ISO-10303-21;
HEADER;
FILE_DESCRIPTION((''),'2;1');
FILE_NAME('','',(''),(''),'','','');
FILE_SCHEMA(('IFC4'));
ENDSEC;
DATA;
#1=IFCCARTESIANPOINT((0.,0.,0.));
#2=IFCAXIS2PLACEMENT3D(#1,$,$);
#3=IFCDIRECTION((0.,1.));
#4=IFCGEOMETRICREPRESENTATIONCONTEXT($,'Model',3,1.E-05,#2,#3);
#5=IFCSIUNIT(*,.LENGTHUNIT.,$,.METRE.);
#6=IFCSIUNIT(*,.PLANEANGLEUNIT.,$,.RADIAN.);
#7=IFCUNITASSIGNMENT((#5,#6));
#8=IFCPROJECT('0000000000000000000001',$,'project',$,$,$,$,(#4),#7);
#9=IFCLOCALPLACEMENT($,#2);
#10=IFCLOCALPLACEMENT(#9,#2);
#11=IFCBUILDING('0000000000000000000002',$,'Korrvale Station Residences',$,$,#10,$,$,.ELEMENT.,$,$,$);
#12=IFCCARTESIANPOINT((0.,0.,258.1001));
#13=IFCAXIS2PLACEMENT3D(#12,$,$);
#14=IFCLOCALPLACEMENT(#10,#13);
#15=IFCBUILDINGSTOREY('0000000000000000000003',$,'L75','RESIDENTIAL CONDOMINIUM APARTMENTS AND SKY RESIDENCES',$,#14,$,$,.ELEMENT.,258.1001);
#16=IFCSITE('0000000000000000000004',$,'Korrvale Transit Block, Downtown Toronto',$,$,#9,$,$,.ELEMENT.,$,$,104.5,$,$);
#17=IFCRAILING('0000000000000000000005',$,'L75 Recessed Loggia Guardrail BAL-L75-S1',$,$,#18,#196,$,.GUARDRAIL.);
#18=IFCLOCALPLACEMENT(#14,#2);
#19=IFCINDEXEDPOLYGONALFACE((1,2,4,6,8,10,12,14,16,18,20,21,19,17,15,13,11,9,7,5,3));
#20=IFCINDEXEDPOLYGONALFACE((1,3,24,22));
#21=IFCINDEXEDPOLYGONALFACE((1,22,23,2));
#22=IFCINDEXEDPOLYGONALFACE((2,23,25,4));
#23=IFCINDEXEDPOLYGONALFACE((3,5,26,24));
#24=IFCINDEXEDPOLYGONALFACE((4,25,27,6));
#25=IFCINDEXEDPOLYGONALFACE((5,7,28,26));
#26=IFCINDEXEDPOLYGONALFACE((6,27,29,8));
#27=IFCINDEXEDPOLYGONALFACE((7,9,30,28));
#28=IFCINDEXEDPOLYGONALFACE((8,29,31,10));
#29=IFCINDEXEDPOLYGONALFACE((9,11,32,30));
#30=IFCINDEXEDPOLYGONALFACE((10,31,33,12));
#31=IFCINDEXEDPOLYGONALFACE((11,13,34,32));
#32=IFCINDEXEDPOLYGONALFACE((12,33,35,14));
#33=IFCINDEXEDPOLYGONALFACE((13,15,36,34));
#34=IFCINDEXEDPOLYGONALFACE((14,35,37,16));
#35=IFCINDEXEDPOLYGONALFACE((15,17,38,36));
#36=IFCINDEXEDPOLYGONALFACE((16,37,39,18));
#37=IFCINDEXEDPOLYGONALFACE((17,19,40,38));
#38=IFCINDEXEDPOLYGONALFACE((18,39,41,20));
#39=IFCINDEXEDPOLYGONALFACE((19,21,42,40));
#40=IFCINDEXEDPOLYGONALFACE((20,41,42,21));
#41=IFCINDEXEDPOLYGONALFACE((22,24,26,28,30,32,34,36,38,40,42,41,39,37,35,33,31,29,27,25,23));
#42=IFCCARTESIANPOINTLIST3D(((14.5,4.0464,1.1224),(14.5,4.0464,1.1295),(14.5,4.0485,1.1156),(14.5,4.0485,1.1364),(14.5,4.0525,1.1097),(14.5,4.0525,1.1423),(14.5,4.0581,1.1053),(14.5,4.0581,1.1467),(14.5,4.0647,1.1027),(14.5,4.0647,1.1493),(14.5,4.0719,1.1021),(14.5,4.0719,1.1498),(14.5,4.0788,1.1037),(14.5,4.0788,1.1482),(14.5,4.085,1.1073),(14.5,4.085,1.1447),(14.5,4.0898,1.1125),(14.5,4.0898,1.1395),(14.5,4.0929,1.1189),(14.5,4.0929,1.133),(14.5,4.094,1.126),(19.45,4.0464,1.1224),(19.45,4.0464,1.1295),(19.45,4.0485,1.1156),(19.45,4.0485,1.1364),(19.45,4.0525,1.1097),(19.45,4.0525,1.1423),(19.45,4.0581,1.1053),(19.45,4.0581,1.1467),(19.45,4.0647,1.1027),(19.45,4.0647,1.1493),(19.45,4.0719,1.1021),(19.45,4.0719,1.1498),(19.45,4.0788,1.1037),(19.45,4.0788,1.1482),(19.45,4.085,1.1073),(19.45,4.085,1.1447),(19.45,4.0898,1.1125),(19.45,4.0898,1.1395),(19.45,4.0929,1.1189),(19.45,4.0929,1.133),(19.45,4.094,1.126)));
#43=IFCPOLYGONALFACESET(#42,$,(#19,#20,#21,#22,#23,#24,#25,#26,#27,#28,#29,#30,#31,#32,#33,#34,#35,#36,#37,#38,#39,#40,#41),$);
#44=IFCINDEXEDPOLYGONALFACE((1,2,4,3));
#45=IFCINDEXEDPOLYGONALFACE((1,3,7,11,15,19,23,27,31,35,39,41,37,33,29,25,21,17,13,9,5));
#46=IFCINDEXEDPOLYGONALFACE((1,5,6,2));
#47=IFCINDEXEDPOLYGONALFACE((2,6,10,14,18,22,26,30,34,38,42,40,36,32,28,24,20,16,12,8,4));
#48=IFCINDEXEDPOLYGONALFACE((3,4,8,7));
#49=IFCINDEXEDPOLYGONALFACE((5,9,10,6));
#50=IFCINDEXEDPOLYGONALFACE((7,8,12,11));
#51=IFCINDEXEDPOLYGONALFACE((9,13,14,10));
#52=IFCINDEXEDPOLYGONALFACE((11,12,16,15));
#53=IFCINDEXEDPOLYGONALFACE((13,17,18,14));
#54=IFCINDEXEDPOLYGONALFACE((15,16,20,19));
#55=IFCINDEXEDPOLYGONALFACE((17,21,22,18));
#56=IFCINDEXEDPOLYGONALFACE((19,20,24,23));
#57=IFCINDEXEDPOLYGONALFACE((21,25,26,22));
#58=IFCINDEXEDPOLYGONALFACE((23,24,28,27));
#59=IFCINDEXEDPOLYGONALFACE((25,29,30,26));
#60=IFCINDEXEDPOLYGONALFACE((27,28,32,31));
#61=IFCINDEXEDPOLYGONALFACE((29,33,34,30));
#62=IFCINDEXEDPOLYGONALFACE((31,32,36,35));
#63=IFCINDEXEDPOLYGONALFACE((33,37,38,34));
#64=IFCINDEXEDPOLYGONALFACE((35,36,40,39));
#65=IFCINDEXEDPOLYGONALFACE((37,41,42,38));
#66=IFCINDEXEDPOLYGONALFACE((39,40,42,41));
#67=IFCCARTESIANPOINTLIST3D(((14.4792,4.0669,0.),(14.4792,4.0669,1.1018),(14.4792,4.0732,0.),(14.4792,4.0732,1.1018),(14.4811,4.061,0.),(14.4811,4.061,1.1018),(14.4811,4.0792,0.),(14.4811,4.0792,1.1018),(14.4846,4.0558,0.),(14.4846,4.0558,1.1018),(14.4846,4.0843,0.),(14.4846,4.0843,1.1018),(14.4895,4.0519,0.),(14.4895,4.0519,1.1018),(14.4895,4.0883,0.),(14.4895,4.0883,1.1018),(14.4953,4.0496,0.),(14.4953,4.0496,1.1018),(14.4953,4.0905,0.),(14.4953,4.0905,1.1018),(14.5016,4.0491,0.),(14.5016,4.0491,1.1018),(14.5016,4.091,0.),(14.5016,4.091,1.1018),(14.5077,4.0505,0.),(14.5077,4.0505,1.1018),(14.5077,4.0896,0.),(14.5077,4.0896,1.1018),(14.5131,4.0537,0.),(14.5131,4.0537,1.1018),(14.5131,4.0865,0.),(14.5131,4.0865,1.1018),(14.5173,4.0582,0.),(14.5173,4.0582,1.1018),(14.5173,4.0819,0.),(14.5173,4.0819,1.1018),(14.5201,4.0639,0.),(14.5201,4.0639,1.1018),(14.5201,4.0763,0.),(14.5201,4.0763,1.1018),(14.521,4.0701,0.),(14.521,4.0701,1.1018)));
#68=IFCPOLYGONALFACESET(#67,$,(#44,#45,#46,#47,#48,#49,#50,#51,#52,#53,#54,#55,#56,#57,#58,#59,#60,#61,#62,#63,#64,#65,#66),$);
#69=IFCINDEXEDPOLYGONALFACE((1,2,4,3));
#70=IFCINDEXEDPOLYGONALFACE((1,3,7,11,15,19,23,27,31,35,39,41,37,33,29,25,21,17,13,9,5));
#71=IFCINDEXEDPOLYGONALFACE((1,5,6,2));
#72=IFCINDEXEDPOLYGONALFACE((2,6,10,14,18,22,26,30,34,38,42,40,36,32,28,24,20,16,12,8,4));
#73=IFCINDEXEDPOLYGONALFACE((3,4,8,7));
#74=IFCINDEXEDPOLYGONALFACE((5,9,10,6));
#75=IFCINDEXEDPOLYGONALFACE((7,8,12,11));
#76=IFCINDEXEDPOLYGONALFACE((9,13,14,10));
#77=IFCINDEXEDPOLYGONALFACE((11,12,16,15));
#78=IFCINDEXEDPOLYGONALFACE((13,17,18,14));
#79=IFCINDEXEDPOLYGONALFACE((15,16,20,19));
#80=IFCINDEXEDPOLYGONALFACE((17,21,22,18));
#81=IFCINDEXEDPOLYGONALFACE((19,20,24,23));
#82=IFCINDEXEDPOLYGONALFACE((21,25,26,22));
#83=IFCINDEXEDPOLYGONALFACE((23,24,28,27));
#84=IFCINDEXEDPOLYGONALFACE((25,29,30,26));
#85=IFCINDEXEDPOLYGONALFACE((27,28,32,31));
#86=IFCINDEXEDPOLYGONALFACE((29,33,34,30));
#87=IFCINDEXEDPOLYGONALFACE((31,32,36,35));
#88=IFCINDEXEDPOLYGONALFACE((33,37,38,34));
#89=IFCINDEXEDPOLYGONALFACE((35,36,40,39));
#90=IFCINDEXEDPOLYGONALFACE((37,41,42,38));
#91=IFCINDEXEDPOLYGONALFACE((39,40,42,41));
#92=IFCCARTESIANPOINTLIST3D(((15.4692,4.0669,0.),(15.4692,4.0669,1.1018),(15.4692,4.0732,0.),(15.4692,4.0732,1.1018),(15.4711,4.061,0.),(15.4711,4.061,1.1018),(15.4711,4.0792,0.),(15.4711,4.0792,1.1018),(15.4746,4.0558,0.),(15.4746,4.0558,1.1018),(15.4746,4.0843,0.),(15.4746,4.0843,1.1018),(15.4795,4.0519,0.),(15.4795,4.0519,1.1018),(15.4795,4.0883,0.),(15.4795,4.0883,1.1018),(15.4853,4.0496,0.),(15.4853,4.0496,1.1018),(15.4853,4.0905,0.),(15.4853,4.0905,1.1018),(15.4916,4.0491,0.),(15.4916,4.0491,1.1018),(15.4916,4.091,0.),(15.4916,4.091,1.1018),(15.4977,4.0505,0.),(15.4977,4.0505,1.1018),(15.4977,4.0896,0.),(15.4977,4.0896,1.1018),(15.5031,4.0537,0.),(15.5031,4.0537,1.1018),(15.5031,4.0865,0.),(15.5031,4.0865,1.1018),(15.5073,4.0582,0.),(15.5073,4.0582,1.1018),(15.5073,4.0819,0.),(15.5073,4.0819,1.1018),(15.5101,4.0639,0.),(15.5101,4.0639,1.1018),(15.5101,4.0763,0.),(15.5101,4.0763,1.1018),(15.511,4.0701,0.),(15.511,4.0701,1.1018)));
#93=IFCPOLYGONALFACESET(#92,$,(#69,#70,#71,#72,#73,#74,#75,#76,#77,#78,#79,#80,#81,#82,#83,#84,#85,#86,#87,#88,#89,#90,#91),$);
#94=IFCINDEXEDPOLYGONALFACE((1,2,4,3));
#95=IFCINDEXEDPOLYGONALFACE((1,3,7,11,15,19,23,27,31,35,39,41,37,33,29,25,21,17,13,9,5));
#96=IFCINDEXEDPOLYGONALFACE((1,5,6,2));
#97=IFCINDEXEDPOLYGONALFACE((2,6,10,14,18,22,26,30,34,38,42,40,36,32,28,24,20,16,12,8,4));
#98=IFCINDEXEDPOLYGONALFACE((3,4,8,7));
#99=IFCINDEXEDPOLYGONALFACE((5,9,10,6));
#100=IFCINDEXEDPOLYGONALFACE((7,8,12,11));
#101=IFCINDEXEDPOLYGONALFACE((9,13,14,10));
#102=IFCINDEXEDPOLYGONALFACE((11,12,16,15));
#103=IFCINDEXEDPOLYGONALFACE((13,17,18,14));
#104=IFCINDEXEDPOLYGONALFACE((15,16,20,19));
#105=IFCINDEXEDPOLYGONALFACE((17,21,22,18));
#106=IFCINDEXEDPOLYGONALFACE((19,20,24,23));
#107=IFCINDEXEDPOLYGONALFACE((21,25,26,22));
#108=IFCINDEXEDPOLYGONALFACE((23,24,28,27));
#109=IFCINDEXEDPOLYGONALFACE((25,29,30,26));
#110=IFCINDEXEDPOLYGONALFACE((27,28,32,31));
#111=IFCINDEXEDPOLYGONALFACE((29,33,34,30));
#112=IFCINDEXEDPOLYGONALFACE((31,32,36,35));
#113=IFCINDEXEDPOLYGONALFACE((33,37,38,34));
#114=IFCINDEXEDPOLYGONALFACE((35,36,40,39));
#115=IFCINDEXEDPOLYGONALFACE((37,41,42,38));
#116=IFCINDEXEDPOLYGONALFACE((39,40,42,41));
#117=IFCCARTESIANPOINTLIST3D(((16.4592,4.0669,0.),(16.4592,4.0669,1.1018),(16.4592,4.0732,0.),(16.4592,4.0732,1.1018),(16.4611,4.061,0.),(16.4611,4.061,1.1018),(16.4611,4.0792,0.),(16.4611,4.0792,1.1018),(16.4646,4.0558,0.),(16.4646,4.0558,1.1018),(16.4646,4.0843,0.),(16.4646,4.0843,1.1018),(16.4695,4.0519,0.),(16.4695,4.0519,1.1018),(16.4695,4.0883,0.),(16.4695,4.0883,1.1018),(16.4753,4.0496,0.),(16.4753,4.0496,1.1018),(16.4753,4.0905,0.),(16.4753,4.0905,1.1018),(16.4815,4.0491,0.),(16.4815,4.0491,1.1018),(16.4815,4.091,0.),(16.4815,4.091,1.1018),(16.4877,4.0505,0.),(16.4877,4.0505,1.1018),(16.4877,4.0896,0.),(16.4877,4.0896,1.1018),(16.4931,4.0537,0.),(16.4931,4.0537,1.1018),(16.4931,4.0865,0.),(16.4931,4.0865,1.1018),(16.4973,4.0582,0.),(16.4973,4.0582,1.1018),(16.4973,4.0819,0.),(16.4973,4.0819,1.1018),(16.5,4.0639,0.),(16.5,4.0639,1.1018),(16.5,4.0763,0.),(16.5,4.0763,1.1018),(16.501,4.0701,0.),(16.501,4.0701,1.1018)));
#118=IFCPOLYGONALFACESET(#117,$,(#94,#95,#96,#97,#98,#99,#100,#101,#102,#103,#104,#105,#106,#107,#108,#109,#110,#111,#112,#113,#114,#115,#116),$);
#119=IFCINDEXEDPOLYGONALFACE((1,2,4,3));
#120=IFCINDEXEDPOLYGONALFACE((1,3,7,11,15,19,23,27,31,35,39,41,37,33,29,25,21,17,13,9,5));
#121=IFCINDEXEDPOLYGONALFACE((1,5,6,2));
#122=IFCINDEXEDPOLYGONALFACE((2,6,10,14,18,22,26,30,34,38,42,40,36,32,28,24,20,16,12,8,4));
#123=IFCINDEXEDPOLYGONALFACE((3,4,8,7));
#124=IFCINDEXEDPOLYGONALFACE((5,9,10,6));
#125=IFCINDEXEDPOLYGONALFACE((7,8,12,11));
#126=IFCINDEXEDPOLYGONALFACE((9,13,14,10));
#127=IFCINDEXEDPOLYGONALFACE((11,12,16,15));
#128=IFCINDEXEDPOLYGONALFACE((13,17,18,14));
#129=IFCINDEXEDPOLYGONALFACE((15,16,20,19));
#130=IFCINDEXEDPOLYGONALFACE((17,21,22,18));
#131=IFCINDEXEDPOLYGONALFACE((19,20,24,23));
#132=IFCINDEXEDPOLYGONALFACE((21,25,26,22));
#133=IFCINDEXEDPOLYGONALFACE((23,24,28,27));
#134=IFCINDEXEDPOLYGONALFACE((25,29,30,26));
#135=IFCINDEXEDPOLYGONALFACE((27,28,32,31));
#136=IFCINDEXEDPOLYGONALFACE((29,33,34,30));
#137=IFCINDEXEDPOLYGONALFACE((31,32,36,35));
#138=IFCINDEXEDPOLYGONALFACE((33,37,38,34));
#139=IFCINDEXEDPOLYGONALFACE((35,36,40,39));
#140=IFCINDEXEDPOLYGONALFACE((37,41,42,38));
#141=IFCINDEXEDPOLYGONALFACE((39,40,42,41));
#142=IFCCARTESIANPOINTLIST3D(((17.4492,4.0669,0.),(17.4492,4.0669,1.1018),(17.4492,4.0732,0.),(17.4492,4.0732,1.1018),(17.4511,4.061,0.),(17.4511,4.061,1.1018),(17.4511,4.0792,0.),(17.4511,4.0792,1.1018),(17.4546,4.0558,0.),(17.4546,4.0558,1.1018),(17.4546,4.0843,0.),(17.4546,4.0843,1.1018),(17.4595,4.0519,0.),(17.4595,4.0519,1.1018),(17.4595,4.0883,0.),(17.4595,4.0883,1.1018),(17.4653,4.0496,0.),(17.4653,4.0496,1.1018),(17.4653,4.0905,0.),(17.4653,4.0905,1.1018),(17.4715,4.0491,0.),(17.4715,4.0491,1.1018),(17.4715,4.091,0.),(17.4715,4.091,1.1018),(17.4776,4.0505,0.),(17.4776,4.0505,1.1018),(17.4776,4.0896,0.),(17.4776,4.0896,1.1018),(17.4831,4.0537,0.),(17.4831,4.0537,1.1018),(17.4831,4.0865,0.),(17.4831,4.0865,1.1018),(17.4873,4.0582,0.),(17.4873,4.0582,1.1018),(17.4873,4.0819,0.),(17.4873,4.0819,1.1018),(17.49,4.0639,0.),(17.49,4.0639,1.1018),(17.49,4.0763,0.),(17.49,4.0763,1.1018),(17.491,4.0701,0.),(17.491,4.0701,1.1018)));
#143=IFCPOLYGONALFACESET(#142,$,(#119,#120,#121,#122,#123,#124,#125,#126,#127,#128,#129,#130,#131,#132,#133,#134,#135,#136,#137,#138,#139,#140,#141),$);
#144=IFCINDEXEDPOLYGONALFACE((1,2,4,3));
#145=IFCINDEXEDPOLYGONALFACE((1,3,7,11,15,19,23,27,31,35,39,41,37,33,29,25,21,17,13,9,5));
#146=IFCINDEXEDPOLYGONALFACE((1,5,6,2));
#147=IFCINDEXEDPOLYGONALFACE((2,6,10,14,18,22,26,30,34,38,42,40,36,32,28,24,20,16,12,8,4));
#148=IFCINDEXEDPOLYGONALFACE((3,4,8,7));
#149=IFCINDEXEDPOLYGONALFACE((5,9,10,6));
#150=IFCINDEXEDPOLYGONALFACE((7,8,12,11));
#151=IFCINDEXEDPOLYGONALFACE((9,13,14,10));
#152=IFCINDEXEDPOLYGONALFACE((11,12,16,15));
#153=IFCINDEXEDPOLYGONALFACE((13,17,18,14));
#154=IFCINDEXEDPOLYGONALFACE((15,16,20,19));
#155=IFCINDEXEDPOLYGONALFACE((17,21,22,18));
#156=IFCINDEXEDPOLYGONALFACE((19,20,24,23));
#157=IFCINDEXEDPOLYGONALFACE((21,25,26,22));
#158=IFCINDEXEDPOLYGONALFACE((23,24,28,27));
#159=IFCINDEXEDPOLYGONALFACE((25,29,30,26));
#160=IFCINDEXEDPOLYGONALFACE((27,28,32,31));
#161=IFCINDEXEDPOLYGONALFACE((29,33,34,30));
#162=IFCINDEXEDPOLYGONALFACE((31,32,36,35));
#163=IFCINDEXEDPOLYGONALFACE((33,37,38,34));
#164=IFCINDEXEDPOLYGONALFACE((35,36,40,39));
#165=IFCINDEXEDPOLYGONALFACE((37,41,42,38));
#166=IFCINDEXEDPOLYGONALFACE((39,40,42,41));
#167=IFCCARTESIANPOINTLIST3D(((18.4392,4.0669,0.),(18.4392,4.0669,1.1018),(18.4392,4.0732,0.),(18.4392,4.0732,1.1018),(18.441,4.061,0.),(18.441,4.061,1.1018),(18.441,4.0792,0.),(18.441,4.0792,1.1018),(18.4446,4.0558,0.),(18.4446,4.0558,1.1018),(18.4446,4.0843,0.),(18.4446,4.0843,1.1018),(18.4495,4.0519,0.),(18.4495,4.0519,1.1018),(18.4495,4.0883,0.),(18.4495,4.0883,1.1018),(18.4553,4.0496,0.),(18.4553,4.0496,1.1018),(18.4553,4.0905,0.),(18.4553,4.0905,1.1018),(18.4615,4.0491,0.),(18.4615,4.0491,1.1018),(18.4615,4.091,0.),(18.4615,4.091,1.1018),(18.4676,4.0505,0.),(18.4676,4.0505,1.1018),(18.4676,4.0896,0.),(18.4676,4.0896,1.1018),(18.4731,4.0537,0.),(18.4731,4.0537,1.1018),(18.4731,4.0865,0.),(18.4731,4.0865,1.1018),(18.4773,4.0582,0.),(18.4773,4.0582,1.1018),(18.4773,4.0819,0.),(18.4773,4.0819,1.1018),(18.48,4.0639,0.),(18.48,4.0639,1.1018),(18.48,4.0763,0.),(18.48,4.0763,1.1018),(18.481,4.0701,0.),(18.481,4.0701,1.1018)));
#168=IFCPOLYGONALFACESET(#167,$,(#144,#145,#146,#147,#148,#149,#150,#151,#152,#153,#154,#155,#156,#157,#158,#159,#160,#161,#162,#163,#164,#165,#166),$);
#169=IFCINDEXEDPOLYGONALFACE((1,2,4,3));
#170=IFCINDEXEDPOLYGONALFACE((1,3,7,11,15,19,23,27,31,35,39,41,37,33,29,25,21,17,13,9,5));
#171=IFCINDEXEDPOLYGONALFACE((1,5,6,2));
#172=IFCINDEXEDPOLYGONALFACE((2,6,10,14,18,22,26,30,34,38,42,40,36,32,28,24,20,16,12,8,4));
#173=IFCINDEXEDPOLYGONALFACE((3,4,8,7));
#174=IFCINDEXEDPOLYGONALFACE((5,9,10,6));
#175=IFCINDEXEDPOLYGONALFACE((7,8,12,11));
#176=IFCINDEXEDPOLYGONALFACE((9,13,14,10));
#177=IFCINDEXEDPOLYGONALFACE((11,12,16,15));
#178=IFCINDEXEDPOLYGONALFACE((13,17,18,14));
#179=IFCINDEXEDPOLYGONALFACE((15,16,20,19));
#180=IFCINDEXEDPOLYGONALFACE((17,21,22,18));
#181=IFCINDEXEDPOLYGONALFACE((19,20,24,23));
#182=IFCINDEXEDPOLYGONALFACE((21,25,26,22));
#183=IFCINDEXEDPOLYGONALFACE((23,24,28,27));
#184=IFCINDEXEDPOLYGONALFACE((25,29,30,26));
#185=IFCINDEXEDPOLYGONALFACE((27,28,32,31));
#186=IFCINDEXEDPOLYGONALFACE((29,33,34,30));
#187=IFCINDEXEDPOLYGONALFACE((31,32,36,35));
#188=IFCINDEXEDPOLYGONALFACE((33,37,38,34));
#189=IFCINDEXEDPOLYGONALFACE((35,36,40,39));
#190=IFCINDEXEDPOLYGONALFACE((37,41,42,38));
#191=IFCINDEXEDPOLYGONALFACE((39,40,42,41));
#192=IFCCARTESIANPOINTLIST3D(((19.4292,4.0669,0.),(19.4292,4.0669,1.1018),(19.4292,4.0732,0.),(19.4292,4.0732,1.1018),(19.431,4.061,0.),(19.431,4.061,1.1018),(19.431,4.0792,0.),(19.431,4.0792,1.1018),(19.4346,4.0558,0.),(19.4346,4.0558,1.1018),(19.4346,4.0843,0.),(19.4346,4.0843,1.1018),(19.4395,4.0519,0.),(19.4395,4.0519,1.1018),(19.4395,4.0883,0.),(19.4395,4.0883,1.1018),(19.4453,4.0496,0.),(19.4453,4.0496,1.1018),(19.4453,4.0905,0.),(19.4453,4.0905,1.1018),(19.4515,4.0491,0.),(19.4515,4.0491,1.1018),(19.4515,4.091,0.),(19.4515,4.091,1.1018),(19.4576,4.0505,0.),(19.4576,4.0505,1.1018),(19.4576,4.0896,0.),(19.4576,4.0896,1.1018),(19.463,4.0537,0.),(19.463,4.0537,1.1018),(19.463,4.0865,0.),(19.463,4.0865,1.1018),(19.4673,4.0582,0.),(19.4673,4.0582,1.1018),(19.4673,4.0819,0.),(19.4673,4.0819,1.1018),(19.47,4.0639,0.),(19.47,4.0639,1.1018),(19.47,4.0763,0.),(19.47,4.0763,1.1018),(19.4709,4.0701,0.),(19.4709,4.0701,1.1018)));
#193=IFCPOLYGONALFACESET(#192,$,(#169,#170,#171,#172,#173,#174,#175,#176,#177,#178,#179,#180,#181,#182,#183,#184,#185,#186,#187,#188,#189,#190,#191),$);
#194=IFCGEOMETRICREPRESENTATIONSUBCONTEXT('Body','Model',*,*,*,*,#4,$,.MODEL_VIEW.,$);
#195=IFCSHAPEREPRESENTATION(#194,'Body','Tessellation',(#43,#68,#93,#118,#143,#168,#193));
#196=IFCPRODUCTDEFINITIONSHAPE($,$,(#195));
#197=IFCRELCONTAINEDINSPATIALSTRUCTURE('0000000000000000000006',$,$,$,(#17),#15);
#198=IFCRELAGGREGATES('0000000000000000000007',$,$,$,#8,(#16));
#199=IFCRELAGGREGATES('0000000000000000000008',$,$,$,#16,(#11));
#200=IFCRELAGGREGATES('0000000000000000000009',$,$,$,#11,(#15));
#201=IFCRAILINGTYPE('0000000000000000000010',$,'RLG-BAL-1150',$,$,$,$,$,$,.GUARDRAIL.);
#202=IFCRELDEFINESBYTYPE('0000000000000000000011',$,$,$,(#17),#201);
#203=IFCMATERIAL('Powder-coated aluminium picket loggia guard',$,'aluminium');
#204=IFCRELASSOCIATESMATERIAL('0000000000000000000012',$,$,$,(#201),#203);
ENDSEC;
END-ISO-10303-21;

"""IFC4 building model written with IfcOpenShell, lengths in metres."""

from ifc_helpers import new_model, si_unit, direction, frame, origin, origin_2d, place, context, subcontext, project, spatial, circle, extrude, material, type_object, element, save


model = new_model("IFC4")

# Units and contexts
model_context = context("Model", 3, precision=1e-05, world=origin(), true_north=direction((0.0, 1.0)))
body_context = subcontext(model_context, "Body", "Model", "MODEL_VIEW")
ifc_project = project(units=[si_unit("LENGTHUNIT", "METRE"), si_unit("PLANEANGLEUNIT", "RADIAN")], contexts=[model_context])

# Site, building, storey
site_placement = place(None, origin())
site = spatial("IfcSite", under=ifc_project, at=site_placement, Name="Korrvale Transit Block, Downtown Toronto", CompositionType="ELEMENT", RefElevation=104.5)
building_placement = place(site_placement, origin())
building = spatial("IfcBuilding", under=site, at=building_placement, Name="Korrvale Station Residences", CompositionType="ELEMENT")
storey_placement = place(building_placement, frame((0.0, 0.0, 258.1001)))
storey = spatial("IfcBuildingStorey", under=building, at=storey_placement, Name="L75", Description="RESIDENTIAL CONDOMINIUM APARTMENTS AND SKY RESIDENCES", CompositionType="ELEMENT", Elevation=258.1001)

# Railing
ifc_material_1 = material(Name="Powder-coated aluminium picket loggia guard", Category="aluminium")
railing_type = type_object("IfcRailingType", Name="RLG-BAL-1150", PredefinedType="GUARDRAIL", material=ifc_material_1)
railing_placement = place(storey_placement, frame((14.5, 4.0701, 0.0)))
element("IfcRailing", 1, at=railing_placement, inside=storey, type_object=railing_type, Name="L75 Recessed Loggia Guardrail BAL-L75-S1", PredefinedType="GUARDRAIL", context=body_context, shape_type="SweptSolid", body=[
    extrude(circle(Radius=0.0239, at=origin_2d()), frame((0.0, 0.0, 1.126), z_axis=(1.0, 0.0, 0.0), x_axis=(0.0, 1.0, 0.0)), (0.0, 0.0, 1.0), 4.95),
    extrude(circle(Radius=0.021, at=origin_2d()), origin(), (0.0, 0.0, 1.0), 1.1018),
    extrude(circle(Radius=0.021, at=origin_2d()), frame((0.99, 0.0, 0.0)), (0.0, 0.0, 1.0), 1.1018),
    extrude(circle(Radius=0.021, at=origin_2d()), frame((1.98, 0.0, 0.0)), (0.0, 0.0, 1.0), 1.1018),
    extrude(circle(Radius=0.021, at=origin_2d()), frame((2.97, 0.0, 0.0)), (0.0, 0.0, 1.0), 1.1018),
    extrude(circle(Radius=0.021, at=origin_2d()), frame((3.96, 0.0, 0.0)), (0.0, 0.0, 1.0), 1.1018),
    extrude(circle(Radius=0.021, at=origin_2d()), frame((4.95, 0.0, 0.0)), (0.0, 0.0, 1.0), 1.1018),
])

save(model, "model.ifc")
